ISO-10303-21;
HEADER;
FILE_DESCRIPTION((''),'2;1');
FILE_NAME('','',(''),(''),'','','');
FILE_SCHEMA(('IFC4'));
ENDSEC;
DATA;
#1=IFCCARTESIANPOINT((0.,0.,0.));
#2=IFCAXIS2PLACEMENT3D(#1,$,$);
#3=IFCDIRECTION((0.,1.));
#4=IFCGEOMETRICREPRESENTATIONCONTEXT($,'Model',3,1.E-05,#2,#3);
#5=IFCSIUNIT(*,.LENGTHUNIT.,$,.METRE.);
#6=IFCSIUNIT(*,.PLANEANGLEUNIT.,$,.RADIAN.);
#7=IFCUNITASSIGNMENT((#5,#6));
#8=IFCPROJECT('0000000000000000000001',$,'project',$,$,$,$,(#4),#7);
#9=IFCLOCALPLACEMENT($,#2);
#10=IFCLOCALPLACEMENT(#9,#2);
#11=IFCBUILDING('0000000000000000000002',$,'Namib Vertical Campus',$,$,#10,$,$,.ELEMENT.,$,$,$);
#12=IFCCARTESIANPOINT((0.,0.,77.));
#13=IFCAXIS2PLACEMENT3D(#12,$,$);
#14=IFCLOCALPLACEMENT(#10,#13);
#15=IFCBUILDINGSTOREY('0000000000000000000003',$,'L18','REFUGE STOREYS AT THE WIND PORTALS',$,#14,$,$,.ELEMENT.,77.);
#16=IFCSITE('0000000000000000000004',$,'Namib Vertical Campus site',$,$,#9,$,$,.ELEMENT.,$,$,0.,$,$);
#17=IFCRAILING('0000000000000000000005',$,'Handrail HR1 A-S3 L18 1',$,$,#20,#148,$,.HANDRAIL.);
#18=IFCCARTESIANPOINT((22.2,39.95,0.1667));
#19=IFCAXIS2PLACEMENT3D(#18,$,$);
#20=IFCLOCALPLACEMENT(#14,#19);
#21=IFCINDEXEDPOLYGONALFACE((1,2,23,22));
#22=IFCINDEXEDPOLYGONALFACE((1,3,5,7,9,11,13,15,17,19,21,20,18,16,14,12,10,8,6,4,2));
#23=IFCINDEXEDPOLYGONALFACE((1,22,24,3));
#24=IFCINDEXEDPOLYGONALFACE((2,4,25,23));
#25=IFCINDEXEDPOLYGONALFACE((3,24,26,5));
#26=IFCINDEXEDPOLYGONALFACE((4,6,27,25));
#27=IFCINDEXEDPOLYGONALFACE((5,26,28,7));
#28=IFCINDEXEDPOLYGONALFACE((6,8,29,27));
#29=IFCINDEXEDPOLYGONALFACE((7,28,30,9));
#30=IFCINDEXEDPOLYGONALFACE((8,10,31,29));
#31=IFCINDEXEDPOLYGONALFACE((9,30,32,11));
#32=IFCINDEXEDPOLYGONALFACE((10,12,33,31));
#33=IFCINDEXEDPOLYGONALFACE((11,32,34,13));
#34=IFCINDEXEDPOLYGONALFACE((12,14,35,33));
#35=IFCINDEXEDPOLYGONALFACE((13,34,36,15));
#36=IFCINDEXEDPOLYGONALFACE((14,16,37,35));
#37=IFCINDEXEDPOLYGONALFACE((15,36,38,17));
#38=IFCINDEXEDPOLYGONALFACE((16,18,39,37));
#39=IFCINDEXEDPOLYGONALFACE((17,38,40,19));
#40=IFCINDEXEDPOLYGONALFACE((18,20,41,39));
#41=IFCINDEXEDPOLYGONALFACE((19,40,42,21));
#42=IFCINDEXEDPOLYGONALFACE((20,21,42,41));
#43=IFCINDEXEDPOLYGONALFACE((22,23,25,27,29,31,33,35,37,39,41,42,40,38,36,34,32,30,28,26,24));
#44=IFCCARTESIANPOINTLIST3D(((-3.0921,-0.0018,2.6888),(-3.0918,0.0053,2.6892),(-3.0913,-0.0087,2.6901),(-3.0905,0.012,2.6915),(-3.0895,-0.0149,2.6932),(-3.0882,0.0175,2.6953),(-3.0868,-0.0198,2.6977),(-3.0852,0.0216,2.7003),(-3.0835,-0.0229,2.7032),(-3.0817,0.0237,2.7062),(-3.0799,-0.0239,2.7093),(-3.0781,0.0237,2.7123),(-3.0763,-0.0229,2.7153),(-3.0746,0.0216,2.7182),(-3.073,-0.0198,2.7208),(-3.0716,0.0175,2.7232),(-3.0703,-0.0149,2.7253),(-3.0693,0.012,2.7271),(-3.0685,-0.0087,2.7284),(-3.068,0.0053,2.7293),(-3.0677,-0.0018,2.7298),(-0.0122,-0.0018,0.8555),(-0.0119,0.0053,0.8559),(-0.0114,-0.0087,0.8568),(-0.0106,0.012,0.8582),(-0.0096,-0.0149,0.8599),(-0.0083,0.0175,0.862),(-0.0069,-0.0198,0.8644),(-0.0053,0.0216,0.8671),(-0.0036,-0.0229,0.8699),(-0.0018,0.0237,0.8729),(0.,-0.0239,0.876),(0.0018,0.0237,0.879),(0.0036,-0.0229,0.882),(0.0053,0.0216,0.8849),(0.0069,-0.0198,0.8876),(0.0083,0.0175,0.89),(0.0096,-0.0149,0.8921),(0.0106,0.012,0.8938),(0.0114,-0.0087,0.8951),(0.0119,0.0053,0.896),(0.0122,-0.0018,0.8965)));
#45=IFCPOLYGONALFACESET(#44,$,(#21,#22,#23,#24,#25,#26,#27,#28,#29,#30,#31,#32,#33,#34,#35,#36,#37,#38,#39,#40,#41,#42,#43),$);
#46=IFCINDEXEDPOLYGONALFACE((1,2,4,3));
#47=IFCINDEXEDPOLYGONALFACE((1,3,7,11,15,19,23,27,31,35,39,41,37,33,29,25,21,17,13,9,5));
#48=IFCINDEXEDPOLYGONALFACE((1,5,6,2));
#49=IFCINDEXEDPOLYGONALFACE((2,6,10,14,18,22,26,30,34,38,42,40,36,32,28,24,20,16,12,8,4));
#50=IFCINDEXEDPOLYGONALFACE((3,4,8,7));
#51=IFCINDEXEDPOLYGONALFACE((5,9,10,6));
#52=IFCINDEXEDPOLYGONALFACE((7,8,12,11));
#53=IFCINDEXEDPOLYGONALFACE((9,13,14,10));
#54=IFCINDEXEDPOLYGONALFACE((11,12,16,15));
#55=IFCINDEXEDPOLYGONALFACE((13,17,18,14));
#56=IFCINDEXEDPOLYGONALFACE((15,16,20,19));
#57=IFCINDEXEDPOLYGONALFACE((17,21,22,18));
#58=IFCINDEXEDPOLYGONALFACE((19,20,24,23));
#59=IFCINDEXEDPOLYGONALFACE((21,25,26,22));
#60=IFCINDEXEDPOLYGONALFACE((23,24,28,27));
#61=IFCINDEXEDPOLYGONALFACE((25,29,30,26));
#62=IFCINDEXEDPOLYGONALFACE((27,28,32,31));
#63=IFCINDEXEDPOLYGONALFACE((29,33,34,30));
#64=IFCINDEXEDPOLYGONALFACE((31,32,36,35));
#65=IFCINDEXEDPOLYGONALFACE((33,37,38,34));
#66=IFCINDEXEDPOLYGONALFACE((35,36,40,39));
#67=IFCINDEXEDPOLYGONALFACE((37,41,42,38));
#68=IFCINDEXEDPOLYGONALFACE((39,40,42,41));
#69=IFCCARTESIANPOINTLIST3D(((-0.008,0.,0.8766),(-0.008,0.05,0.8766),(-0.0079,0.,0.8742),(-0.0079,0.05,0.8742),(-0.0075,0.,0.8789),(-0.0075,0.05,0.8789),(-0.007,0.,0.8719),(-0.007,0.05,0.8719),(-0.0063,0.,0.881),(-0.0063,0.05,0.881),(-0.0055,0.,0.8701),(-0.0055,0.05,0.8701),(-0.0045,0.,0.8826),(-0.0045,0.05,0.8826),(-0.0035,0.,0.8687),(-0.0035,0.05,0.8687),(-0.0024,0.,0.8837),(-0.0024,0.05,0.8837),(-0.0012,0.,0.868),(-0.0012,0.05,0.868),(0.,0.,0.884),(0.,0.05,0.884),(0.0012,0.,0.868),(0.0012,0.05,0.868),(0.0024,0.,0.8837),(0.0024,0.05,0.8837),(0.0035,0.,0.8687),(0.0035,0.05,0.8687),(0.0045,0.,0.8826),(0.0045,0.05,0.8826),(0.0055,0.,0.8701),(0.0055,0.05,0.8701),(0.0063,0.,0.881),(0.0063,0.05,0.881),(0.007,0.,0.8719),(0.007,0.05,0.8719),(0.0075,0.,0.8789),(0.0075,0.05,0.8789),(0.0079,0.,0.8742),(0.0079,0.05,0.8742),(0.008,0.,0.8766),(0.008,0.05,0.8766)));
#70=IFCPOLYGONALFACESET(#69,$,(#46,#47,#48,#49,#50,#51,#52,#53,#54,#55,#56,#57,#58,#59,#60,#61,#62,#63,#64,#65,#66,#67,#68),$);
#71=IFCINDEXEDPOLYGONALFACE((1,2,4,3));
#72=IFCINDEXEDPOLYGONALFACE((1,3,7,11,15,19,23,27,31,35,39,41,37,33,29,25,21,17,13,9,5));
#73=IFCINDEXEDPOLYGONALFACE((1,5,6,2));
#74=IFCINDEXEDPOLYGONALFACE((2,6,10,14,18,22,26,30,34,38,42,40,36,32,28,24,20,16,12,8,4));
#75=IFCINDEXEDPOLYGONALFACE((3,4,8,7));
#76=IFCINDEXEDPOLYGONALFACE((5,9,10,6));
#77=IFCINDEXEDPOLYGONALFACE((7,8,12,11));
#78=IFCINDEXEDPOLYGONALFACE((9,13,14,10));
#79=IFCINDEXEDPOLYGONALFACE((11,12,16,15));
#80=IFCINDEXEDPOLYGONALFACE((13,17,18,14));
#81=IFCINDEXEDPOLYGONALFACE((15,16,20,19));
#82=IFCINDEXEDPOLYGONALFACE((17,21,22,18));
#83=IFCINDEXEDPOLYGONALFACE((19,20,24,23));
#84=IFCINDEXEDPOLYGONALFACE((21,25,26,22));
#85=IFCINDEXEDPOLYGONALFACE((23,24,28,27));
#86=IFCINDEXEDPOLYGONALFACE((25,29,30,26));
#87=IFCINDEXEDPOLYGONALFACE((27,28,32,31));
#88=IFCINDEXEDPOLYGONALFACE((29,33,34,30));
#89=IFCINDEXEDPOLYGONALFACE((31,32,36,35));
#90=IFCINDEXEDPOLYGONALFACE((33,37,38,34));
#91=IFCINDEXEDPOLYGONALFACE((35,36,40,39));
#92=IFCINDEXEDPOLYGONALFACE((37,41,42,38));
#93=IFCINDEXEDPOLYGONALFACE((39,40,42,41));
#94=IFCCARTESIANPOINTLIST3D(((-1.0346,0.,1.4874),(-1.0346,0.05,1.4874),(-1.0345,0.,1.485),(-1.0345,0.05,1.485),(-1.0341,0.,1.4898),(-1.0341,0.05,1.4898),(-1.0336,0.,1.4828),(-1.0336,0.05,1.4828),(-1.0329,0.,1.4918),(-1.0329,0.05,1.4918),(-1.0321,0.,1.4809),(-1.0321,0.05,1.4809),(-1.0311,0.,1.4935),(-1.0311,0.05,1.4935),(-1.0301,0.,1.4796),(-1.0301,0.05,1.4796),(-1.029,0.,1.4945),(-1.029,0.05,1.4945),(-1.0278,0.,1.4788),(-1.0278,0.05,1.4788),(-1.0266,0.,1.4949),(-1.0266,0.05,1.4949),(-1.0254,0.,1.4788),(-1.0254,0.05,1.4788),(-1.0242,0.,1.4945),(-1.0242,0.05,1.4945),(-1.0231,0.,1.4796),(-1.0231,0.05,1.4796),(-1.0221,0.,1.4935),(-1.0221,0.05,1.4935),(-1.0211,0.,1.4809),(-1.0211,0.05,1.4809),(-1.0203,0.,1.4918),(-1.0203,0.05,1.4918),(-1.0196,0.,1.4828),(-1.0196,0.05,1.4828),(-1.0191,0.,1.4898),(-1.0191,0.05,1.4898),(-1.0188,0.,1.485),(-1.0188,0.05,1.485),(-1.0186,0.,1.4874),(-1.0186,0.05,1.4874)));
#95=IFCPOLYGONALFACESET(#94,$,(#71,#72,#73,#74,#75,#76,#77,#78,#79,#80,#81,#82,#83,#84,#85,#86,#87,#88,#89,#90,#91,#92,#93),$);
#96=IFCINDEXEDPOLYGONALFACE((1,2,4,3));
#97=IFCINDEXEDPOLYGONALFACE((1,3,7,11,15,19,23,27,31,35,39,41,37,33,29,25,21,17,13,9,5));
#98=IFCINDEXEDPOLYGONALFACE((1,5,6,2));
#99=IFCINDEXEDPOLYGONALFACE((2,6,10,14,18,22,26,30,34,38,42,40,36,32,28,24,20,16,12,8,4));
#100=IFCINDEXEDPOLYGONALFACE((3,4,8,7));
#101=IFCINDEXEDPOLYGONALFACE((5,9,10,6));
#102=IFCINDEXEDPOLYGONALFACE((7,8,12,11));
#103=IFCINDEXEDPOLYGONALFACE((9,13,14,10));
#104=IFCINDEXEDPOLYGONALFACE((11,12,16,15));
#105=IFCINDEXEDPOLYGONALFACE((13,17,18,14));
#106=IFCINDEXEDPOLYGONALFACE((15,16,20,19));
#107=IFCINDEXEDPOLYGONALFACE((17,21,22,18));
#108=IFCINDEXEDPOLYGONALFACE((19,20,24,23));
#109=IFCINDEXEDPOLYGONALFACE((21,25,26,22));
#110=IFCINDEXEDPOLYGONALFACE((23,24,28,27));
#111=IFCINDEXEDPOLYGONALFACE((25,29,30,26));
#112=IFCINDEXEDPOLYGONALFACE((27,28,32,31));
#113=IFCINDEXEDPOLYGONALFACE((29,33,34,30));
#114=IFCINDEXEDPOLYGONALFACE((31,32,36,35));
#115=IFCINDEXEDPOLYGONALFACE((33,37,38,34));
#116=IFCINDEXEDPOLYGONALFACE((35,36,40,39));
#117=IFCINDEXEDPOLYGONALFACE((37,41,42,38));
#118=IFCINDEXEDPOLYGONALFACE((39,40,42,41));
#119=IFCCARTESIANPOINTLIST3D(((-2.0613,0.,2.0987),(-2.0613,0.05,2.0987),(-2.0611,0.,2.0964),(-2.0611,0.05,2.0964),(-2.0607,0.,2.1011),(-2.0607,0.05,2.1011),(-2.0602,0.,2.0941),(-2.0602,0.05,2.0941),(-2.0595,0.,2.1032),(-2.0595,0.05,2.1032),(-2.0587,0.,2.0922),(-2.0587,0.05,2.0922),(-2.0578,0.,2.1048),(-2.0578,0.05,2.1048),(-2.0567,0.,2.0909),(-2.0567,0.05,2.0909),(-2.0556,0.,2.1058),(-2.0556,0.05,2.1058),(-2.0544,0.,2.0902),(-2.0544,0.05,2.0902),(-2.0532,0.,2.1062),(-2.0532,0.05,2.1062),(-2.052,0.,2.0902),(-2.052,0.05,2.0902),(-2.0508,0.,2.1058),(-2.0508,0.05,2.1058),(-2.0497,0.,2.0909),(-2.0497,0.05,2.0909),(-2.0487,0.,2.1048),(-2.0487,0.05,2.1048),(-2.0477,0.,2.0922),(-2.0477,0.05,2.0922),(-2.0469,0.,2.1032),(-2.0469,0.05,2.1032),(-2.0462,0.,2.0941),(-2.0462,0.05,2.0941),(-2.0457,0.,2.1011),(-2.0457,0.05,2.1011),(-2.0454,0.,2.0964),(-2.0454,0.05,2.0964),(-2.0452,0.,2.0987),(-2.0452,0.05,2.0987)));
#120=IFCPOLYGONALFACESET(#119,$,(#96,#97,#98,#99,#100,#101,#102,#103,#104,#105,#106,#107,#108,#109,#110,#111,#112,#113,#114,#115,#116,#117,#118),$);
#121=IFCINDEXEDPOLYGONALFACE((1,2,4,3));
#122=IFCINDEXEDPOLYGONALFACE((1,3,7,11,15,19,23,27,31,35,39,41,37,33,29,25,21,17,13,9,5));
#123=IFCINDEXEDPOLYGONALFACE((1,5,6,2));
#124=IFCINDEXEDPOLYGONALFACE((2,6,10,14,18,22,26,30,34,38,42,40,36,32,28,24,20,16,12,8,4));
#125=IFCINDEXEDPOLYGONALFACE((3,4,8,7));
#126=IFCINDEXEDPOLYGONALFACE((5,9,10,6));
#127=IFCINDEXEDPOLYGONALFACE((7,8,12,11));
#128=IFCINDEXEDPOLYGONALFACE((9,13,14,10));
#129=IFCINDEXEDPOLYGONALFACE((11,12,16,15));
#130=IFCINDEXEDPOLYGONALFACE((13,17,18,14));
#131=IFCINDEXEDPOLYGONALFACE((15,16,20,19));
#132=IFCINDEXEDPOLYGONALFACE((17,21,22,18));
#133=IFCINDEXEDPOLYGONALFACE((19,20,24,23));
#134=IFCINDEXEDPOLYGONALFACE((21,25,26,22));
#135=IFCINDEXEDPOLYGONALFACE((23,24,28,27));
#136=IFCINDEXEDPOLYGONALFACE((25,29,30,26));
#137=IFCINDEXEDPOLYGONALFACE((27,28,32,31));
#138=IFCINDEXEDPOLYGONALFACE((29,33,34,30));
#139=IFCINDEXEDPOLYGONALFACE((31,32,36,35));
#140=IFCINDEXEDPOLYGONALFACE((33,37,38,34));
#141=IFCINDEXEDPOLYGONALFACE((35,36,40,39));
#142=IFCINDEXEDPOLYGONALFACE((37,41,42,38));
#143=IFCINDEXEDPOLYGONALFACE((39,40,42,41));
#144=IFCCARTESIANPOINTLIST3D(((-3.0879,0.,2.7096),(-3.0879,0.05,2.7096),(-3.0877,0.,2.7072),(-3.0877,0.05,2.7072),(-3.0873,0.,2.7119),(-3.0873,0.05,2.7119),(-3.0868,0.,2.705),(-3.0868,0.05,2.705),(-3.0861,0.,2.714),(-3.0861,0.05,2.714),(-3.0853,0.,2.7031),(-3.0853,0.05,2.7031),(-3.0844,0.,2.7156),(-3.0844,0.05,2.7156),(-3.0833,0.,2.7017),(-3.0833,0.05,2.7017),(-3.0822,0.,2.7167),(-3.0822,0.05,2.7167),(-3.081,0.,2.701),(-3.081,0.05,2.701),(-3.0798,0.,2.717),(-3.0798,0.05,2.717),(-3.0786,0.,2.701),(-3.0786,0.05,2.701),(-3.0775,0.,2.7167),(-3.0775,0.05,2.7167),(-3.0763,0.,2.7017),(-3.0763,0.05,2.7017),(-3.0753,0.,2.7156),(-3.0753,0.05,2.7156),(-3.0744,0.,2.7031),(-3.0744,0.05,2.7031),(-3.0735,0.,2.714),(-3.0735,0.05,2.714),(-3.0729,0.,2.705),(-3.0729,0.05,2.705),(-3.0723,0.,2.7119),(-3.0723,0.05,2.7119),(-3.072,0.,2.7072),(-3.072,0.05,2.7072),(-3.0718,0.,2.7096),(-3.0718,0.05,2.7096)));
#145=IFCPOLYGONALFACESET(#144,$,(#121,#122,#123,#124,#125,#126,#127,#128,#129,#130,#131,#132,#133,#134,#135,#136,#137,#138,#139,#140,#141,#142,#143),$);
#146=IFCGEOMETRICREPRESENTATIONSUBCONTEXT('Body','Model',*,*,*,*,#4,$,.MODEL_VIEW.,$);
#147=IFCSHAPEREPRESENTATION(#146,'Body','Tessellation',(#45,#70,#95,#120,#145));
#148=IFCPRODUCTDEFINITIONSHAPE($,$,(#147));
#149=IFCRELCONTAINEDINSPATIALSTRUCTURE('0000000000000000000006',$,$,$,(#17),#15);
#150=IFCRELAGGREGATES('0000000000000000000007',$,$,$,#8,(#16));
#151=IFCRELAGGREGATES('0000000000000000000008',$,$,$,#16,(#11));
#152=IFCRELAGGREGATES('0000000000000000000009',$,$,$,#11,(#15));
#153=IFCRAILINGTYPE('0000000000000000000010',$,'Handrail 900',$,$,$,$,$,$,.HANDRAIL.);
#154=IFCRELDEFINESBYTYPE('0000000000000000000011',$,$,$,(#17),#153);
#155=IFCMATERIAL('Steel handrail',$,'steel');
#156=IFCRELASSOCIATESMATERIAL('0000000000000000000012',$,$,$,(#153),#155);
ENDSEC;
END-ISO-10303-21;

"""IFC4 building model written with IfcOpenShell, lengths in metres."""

from ifc_helpers import new_model, si_unit, direction, frame, origin, origin_2d, place, context, subcontext, project, spatial, circle, extrude, material, type_object, element, save


model = new_model("IFC4")

# Units and contexts
model_context = context("Model", 3, precision=1e-05, world=origin(), true_north=direction((0.0, 1.0)))
body_context = subcontext(model_context, "Body", "Model", "MODEL_VIEW")
ifc_project = project(units=[si_unit("LENGTHUNIT", "METRE"), si_unit("PLANEANGLEUNIT", "RADIAN")], contexts=[model_context])

# Site, building, storey
site_placement = place(None, origin())
site = spatial("IfcSite", under=ifc_project, at=site_placement, Name="Namib Vertical Campus site", CompositionType="ELEMENT", RefElevation=0.0)
building_placement = place(site_placement, origin())
building = spatial("IfcBuilding", under=site, at=building_placement, Name="Namib Vertical Campus", CompositionType="ELEMENT")
storey_placement = place(building_placement, frame((0.0, 0.0, 77.0)))
storey = spatial("IfcBuildingStorey", under=building, at=storey_placement, Name="L18", Description="REFUGE STOREYS AT THE WIND PORTALS", CompositionType="ELEMENT", Elevation=77.0)

# Railing
ifc_material_1 = material(Name="Steel handrail", Category="steel")
railing_type_1 = type_object("IfcRailingType", Name="Handrail 900", PredefinedType="HANDRAIL", material=ifc_material_1)
for number, where, name in (
    (1, (22.2, 39.95, 0.1667), "Handrail HR1 A-S3 L18 1"),
):
    element("IfcRailing", number, at=place(storey_placement, frame(where)), inside=storey, type_object=railing_type_1, Name=name, PredefinedType="HANDRAIL", context=body_context, shape_type="SweptSolid", body=[
        extrude(circle(Radius=0.0239, at=origin_2d()), frame((0.0, 0.0, 0.876), z_axis=(-0.859291, 0.0, 0.511487), x_axis=(0.0, -1.0, 0.0)), (0.0, 0.0, 1.0), 3.5842),
        extrude(circle(Radius=0.0081, at=origin_2d()), frame((0.0, 0.0, 0.876), z_axis=(0.0, 1.0, 0.0), x_axis=(0.0, 0.0, 1.0)), (0.0, 0.0, 1.0), 0.05),
        extrude(circle(Radius=0.0081, at=origin_2d()), frame((-1.0266, 0.0, 1.4868), z_axis=(0.0, 1.0, 0.0), x_axis=(0.0, 0.0, 1.0)), (0.0, 0.0, 1.0), 0.05),
        extrude(circle(Radius=0.0081, at=origin_2d()), frame((-2.0532, 0.0, 2.0981), z_axis=(0.0, 1.0, 0.0), x_axis=(0.0, 0.0, 1.0)), (0.0, 0.0, 1.0), 0.05),
        extrude(circle(Radius=0.0081, at=origin_2d()), frame((-3.0798, 0.0, 2.709), z_axis=(0.0, 1.0, 0.0), x_axis=(0.0, 0.0, 1.0)), (0.0, 0.0, 1.0), 0.05),
    ])

save(model, "model.ifc")
